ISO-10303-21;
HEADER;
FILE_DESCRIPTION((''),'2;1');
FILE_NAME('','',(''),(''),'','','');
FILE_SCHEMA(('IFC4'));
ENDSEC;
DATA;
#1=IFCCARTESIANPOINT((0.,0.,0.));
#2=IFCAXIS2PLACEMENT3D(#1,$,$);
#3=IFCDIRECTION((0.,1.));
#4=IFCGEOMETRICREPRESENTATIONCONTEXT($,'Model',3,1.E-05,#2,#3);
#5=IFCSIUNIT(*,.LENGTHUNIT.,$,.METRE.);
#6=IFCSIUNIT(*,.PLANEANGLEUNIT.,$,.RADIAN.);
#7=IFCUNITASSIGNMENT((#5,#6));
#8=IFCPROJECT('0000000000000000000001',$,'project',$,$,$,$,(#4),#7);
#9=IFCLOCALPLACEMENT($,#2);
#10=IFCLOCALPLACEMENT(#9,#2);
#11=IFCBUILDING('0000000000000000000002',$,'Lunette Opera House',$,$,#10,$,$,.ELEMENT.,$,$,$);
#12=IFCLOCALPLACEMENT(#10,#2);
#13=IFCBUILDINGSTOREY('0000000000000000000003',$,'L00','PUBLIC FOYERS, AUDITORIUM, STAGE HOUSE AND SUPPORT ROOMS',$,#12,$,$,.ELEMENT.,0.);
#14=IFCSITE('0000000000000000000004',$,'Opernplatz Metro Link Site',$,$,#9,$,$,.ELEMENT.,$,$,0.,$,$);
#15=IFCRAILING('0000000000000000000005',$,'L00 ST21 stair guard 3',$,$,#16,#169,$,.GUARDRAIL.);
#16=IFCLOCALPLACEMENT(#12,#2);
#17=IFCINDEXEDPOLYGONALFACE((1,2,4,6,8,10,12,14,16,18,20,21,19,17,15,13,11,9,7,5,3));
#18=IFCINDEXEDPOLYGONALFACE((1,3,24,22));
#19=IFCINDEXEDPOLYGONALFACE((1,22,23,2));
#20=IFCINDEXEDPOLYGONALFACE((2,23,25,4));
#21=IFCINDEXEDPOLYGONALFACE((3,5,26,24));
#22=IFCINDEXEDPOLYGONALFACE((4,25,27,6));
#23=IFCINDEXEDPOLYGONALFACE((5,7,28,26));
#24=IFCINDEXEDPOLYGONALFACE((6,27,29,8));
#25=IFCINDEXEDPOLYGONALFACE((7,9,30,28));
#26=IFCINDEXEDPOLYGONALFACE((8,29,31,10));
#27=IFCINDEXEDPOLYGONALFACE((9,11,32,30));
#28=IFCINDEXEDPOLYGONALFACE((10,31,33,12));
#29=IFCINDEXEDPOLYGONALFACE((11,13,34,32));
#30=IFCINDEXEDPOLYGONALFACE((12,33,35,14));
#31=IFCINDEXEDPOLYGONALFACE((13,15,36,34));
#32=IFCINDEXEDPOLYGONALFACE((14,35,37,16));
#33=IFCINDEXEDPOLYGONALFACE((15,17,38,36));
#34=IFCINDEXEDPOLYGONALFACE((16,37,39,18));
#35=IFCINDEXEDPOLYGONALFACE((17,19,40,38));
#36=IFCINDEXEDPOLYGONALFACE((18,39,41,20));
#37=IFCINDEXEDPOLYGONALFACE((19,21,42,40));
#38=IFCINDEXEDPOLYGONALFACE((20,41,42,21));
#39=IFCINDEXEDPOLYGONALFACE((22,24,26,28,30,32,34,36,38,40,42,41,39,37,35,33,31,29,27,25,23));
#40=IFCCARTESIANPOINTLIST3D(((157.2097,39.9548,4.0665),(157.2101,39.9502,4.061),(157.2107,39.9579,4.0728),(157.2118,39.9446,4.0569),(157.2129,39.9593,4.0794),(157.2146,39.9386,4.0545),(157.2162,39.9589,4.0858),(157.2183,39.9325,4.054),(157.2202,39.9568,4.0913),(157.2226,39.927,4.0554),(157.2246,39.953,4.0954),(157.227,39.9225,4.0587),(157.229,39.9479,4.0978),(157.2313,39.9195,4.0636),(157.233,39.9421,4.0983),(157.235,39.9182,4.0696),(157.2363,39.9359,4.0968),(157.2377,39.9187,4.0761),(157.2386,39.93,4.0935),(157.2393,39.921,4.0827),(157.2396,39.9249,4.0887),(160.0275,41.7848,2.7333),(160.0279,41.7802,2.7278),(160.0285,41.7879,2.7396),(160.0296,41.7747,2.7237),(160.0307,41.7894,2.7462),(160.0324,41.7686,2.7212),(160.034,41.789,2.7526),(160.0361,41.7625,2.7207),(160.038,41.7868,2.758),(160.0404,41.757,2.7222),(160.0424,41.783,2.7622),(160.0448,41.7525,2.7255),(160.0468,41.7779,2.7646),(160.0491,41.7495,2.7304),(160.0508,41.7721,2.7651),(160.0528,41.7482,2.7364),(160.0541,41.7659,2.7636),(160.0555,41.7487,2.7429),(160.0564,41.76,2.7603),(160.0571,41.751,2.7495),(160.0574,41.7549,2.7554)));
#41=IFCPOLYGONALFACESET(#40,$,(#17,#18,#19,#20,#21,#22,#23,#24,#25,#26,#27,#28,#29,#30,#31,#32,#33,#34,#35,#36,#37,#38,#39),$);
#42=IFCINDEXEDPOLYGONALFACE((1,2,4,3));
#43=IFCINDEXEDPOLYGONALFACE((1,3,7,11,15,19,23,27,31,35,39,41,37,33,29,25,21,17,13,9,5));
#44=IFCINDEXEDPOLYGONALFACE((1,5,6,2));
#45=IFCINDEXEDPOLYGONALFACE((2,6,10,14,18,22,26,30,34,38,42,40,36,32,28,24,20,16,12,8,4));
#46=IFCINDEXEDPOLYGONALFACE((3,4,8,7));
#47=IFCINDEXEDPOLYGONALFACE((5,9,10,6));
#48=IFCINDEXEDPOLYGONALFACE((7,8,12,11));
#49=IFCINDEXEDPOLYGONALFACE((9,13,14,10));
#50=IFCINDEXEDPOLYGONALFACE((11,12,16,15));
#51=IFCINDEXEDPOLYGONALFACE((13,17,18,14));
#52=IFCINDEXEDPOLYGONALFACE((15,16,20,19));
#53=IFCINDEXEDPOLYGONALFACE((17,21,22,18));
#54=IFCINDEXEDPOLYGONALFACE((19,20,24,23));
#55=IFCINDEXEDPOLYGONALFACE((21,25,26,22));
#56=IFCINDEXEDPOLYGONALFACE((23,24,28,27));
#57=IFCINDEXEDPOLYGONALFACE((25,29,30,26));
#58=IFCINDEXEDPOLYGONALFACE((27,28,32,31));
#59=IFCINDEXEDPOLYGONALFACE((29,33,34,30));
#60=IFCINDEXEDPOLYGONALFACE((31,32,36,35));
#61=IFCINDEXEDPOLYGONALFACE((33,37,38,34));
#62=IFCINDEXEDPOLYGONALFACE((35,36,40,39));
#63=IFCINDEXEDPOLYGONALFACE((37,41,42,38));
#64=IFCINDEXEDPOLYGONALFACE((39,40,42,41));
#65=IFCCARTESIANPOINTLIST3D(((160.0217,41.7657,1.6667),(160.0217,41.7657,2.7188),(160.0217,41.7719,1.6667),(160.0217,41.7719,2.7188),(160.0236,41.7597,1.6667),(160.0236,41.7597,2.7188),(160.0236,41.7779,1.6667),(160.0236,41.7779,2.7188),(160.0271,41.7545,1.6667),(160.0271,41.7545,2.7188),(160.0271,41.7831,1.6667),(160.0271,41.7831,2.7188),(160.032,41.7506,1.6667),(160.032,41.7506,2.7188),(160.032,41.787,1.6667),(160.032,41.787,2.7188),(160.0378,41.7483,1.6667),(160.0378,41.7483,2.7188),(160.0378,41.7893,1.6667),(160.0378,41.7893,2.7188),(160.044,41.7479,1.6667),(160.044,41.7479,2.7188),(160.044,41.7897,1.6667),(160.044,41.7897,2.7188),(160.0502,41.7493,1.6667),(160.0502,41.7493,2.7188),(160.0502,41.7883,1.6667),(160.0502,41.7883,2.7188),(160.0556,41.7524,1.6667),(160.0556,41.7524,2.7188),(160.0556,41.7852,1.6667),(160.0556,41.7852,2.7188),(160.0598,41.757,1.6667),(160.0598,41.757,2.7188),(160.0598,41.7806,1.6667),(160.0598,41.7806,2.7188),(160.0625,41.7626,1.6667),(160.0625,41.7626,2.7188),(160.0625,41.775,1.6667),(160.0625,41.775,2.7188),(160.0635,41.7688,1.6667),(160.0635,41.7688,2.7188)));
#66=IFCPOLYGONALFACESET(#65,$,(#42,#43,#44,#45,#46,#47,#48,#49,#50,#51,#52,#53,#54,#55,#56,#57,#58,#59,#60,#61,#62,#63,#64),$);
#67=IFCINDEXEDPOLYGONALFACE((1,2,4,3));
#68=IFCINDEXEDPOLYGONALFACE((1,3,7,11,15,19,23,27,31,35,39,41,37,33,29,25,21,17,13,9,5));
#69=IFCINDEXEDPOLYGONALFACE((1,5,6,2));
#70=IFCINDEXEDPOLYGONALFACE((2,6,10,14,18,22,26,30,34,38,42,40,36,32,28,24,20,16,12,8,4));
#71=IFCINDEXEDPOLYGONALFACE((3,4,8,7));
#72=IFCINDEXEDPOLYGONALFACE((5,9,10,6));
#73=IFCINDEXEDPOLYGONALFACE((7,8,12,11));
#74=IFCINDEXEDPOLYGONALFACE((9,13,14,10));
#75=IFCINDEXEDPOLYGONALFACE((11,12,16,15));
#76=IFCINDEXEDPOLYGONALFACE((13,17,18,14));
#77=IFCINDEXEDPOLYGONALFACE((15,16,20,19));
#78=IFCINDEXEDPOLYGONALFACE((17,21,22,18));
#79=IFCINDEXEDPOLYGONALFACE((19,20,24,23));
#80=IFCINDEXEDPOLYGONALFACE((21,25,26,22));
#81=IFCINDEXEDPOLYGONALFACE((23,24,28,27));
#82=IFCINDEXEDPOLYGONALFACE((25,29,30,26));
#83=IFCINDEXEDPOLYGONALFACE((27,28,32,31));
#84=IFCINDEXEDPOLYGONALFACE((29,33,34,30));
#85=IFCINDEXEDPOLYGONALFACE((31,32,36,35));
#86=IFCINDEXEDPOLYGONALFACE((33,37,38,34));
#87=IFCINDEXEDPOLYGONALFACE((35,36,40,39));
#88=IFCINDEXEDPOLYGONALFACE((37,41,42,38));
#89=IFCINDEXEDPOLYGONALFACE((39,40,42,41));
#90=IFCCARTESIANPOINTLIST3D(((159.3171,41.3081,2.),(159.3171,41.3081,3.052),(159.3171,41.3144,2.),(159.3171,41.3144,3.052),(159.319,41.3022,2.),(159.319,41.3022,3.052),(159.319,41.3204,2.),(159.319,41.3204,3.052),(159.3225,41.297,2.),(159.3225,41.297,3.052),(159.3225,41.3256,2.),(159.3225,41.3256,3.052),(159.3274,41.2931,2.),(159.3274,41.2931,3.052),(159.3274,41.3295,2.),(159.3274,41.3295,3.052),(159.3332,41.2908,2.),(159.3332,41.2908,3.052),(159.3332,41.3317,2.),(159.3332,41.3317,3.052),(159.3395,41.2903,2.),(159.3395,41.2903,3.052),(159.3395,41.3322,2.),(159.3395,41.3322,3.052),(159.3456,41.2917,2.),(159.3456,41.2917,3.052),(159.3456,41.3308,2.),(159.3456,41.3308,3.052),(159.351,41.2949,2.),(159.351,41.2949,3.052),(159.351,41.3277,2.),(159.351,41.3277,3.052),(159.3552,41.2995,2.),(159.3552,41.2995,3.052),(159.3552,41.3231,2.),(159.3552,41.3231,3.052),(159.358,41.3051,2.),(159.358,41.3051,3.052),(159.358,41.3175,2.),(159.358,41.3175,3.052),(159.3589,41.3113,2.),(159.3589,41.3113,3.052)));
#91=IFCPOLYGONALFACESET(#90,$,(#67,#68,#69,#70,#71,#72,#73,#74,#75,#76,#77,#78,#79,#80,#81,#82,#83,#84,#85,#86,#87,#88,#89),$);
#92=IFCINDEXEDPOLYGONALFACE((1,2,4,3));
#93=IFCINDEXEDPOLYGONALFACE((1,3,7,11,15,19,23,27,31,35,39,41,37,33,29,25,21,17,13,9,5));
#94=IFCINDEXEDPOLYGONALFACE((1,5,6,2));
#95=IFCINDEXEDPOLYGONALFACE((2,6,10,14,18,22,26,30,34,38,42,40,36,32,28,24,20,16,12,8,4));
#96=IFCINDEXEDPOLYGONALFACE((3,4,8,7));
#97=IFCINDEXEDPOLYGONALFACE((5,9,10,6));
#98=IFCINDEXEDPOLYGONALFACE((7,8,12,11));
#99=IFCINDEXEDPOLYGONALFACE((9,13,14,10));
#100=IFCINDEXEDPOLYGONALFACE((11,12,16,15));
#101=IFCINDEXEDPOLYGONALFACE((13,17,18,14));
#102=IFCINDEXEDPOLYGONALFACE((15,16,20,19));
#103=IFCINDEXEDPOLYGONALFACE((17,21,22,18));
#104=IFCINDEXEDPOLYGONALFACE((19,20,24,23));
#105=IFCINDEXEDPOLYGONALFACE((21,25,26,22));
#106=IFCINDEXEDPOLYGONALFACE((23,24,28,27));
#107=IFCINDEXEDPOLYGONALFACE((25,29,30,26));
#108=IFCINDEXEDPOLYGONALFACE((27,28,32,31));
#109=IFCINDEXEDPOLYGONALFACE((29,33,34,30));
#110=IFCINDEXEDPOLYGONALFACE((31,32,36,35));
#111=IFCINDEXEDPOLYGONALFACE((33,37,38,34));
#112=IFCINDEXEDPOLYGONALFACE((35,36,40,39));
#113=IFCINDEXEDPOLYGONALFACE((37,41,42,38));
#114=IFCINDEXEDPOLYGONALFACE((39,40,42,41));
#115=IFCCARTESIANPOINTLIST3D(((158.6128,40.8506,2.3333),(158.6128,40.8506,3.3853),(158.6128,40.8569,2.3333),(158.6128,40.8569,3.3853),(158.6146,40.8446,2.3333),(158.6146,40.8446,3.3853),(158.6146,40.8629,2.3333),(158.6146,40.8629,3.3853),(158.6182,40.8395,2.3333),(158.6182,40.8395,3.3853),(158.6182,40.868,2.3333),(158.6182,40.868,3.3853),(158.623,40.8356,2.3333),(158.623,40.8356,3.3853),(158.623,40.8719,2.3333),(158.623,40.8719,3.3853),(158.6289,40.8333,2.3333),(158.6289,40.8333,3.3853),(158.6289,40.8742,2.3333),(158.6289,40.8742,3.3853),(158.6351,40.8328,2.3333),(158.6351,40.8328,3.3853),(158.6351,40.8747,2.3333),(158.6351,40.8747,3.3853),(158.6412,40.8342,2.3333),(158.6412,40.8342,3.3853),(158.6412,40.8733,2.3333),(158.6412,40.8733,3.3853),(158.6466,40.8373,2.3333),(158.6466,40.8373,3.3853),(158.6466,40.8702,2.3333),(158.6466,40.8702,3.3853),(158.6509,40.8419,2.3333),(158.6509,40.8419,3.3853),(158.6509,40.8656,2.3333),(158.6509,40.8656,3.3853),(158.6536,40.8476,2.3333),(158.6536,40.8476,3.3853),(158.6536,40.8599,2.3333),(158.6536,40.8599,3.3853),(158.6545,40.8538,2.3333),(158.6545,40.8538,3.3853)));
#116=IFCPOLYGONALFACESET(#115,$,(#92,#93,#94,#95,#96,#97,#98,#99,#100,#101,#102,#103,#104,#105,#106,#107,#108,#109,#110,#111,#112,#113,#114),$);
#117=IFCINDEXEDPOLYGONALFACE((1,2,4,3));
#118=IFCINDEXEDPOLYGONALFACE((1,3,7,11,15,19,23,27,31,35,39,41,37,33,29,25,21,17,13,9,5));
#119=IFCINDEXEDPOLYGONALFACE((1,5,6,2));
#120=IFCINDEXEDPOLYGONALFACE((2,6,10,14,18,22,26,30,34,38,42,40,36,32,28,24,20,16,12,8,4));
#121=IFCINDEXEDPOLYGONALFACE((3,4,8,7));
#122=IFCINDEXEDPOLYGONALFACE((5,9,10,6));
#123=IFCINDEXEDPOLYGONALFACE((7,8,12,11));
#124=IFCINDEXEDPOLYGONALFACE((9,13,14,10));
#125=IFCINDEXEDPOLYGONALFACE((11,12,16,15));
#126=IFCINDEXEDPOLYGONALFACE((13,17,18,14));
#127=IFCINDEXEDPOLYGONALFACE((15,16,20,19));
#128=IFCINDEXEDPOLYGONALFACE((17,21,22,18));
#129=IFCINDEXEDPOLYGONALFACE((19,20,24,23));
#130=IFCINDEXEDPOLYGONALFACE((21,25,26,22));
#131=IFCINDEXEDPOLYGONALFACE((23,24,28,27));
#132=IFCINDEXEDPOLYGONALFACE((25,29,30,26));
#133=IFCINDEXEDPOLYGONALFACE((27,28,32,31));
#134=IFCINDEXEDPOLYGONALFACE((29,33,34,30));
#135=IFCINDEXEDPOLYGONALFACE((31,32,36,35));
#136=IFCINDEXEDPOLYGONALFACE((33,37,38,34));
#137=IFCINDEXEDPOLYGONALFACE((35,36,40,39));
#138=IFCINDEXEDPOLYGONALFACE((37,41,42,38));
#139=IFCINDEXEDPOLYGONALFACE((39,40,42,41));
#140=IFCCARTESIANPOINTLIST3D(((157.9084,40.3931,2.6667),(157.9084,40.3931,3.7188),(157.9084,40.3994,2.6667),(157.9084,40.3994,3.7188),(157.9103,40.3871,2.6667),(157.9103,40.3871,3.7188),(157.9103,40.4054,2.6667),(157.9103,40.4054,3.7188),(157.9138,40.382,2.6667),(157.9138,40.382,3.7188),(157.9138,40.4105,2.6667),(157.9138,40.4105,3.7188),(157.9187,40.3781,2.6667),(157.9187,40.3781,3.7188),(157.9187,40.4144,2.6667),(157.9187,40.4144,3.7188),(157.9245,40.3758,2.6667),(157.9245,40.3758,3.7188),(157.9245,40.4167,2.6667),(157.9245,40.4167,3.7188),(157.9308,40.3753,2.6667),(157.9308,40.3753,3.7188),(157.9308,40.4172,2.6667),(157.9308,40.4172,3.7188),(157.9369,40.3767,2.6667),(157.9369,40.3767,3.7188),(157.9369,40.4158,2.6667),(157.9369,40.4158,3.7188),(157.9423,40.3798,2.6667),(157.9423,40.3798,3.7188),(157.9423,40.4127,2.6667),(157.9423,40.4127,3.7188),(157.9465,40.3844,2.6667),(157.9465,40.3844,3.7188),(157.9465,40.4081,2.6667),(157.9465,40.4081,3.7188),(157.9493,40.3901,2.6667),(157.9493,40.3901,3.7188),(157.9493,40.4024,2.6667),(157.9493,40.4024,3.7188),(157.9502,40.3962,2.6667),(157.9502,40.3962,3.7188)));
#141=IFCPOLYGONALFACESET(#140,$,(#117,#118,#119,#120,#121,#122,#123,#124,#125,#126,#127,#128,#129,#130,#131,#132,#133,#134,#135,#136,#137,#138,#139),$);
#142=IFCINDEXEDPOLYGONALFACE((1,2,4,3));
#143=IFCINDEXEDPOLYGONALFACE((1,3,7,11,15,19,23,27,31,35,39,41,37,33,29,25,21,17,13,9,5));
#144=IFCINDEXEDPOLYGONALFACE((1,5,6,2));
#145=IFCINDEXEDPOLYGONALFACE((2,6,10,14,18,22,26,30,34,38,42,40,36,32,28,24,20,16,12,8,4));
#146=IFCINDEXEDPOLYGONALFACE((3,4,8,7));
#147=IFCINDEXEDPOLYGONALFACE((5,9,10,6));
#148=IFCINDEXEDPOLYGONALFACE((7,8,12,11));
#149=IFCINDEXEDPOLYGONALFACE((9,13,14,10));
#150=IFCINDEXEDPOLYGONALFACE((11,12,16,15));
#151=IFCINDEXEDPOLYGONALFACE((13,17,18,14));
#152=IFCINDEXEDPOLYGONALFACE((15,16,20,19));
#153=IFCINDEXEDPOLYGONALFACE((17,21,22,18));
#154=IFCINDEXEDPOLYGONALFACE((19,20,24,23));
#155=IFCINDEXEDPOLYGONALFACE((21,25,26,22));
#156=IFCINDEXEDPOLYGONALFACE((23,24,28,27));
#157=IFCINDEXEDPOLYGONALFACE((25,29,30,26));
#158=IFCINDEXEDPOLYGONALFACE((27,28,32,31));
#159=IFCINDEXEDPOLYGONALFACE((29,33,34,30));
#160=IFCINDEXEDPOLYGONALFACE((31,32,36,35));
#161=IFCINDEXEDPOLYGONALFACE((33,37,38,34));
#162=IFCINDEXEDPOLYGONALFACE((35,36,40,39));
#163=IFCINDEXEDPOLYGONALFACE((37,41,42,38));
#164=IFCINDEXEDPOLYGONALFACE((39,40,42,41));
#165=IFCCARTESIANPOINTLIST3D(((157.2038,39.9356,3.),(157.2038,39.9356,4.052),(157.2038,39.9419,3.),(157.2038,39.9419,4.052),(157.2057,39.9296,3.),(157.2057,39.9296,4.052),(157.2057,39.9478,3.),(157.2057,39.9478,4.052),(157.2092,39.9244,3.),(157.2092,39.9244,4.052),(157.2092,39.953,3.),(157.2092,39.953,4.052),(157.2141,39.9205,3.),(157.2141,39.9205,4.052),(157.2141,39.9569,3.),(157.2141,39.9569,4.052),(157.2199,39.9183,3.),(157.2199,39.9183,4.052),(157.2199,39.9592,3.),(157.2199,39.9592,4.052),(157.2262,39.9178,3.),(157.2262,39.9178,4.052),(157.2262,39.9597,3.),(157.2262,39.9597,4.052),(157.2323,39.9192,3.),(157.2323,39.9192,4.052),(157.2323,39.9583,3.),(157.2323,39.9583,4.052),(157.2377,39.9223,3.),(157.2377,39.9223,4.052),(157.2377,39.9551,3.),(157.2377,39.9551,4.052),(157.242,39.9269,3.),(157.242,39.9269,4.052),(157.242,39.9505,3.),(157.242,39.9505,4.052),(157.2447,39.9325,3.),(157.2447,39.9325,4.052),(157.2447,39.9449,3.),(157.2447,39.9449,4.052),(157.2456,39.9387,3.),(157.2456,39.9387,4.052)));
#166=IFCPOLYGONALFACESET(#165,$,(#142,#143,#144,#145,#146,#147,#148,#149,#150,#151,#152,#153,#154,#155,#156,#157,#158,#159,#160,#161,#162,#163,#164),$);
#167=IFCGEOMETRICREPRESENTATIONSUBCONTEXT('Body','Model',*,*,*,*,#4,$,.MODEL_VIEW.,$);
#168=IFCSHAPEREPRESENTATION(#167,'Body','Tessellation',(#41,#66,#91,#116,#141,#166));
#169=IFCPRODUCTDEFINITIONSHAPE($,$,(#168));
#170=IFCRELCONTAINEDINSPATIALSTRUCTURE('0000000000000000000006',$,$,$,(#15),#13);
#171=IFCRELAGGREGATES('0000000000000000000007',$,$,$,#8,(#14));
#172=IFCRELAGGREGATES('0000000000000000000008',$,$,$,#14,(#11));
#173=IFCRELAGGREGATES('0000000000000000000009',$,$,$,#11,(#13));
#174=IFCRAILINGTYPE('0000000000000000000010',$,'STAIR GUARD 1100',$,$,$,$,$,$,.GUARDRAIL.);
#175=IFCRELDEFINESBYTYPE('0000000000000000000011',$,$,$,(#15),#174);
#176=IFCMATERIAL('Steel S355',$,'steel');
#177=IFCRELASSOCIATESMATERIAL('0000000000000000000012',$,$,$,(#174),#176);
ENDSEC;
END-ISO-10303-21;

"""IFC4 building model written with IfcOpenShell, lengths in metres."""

from ifc_helpers import new_model, si_unit, direction, frame, origin, origin_2d, place, context, subcontext, project, spatial, circle, extrude, material, type_object, element, save


model = new_model("IFC4")

# Units and contexts
model_context = context("Model", 3, precision=1e-05, world=origin(), true_north=direction((0.0, 1.0)))
body_context = subcontext(model_context, "Body", "Model", "MODEL_VIEW")
ifc_project = project(units=[si_unit("LENGTHUNIT", "METRE"), si_unit("PLANEANGLEUNIT", "RADIAN")], contexts=[model_context])

# Site, building, storey
site_placement = place(None, origin())
site = spatial("IfcSite", under=ifc_project, at=site_placement, Name="Opernplatz Metro Link Site", CompositionType="ELEMENT", RefElevation=0.0)
building_placement = place(site_placement, origin())
building = spatial("IfcBuilding", under=site, at=building_placement, Name="Lunette Opera House", CompositionType="ELEMENT")
storey_placement = place(building_placement, origin())
storey = spatial("IfcBuildingStorey", under=building, at=storey_placement, Name="L00", Description="PUBLIC FOYERS, AUDITORIUM, STAGE HOUSE AND SUPPORT ROOMS", CompositionType="ELEMENT", Elevation=0.0)

# Railing
ifc_material_1 = material(Name="Steel S355", Category="steel")
railing_type_1 = type_object("IfcRailingType", Name="STAIR GUARD 1100", PredefinedType="GUARDRAIL", material=ifc_material_1)
railing_1_placement = place(storey_placement, frame((160.0425, 41.7688, 1.6667)))
element("IfcRailing", 1, at=railing_1_placement, inside=storey, type_object=railing_type_1, Name="L00 ST21 stair guard 3", PredefinedType="GUARDRAIL", context=body_context, shape_type="SweptSolid", body=[
    extrude(circle(Radius=0.0239, at=origin_2d()), frame((0.0, 0.0, 1.0762), z_axis=(-0.779526, -0.506267, 0.368826), x_axis=(0.544667, -0.838653, 0.0)), (0.0, 0.0, 1.0), 3.6147),
    extrude(circle(Radius=0.021, at=origin_2d()), origin(), (0.0, 0.0, 1.0), 1.052),
    extrude(circle(Radius=0.021, at=origin_2d()), frame((-0.7046, -0.4575, 0.3333)), (0.0, 0.0, 1.0), 1.052),
    extrude(circle(Radius=0.021, at=origin_2d()), frame((-1.4089, -0.915, 0.6665)), (0.0, 0.0, 1.0), 1.052),
    extrude(circle(Radius=0.021, at=origin_2d()), frame((-2.1133, -1.3726, 1.0)), (0.0, 0.0, 1.0), 1.052),
    extrude(circle(Radius=0.021, at=origin_2d()), frame((-2.8179, -1.8301, 1.3333)), (0.0, 0.0, 1.0), 1.052),
])

save(model, "model.ifc")
